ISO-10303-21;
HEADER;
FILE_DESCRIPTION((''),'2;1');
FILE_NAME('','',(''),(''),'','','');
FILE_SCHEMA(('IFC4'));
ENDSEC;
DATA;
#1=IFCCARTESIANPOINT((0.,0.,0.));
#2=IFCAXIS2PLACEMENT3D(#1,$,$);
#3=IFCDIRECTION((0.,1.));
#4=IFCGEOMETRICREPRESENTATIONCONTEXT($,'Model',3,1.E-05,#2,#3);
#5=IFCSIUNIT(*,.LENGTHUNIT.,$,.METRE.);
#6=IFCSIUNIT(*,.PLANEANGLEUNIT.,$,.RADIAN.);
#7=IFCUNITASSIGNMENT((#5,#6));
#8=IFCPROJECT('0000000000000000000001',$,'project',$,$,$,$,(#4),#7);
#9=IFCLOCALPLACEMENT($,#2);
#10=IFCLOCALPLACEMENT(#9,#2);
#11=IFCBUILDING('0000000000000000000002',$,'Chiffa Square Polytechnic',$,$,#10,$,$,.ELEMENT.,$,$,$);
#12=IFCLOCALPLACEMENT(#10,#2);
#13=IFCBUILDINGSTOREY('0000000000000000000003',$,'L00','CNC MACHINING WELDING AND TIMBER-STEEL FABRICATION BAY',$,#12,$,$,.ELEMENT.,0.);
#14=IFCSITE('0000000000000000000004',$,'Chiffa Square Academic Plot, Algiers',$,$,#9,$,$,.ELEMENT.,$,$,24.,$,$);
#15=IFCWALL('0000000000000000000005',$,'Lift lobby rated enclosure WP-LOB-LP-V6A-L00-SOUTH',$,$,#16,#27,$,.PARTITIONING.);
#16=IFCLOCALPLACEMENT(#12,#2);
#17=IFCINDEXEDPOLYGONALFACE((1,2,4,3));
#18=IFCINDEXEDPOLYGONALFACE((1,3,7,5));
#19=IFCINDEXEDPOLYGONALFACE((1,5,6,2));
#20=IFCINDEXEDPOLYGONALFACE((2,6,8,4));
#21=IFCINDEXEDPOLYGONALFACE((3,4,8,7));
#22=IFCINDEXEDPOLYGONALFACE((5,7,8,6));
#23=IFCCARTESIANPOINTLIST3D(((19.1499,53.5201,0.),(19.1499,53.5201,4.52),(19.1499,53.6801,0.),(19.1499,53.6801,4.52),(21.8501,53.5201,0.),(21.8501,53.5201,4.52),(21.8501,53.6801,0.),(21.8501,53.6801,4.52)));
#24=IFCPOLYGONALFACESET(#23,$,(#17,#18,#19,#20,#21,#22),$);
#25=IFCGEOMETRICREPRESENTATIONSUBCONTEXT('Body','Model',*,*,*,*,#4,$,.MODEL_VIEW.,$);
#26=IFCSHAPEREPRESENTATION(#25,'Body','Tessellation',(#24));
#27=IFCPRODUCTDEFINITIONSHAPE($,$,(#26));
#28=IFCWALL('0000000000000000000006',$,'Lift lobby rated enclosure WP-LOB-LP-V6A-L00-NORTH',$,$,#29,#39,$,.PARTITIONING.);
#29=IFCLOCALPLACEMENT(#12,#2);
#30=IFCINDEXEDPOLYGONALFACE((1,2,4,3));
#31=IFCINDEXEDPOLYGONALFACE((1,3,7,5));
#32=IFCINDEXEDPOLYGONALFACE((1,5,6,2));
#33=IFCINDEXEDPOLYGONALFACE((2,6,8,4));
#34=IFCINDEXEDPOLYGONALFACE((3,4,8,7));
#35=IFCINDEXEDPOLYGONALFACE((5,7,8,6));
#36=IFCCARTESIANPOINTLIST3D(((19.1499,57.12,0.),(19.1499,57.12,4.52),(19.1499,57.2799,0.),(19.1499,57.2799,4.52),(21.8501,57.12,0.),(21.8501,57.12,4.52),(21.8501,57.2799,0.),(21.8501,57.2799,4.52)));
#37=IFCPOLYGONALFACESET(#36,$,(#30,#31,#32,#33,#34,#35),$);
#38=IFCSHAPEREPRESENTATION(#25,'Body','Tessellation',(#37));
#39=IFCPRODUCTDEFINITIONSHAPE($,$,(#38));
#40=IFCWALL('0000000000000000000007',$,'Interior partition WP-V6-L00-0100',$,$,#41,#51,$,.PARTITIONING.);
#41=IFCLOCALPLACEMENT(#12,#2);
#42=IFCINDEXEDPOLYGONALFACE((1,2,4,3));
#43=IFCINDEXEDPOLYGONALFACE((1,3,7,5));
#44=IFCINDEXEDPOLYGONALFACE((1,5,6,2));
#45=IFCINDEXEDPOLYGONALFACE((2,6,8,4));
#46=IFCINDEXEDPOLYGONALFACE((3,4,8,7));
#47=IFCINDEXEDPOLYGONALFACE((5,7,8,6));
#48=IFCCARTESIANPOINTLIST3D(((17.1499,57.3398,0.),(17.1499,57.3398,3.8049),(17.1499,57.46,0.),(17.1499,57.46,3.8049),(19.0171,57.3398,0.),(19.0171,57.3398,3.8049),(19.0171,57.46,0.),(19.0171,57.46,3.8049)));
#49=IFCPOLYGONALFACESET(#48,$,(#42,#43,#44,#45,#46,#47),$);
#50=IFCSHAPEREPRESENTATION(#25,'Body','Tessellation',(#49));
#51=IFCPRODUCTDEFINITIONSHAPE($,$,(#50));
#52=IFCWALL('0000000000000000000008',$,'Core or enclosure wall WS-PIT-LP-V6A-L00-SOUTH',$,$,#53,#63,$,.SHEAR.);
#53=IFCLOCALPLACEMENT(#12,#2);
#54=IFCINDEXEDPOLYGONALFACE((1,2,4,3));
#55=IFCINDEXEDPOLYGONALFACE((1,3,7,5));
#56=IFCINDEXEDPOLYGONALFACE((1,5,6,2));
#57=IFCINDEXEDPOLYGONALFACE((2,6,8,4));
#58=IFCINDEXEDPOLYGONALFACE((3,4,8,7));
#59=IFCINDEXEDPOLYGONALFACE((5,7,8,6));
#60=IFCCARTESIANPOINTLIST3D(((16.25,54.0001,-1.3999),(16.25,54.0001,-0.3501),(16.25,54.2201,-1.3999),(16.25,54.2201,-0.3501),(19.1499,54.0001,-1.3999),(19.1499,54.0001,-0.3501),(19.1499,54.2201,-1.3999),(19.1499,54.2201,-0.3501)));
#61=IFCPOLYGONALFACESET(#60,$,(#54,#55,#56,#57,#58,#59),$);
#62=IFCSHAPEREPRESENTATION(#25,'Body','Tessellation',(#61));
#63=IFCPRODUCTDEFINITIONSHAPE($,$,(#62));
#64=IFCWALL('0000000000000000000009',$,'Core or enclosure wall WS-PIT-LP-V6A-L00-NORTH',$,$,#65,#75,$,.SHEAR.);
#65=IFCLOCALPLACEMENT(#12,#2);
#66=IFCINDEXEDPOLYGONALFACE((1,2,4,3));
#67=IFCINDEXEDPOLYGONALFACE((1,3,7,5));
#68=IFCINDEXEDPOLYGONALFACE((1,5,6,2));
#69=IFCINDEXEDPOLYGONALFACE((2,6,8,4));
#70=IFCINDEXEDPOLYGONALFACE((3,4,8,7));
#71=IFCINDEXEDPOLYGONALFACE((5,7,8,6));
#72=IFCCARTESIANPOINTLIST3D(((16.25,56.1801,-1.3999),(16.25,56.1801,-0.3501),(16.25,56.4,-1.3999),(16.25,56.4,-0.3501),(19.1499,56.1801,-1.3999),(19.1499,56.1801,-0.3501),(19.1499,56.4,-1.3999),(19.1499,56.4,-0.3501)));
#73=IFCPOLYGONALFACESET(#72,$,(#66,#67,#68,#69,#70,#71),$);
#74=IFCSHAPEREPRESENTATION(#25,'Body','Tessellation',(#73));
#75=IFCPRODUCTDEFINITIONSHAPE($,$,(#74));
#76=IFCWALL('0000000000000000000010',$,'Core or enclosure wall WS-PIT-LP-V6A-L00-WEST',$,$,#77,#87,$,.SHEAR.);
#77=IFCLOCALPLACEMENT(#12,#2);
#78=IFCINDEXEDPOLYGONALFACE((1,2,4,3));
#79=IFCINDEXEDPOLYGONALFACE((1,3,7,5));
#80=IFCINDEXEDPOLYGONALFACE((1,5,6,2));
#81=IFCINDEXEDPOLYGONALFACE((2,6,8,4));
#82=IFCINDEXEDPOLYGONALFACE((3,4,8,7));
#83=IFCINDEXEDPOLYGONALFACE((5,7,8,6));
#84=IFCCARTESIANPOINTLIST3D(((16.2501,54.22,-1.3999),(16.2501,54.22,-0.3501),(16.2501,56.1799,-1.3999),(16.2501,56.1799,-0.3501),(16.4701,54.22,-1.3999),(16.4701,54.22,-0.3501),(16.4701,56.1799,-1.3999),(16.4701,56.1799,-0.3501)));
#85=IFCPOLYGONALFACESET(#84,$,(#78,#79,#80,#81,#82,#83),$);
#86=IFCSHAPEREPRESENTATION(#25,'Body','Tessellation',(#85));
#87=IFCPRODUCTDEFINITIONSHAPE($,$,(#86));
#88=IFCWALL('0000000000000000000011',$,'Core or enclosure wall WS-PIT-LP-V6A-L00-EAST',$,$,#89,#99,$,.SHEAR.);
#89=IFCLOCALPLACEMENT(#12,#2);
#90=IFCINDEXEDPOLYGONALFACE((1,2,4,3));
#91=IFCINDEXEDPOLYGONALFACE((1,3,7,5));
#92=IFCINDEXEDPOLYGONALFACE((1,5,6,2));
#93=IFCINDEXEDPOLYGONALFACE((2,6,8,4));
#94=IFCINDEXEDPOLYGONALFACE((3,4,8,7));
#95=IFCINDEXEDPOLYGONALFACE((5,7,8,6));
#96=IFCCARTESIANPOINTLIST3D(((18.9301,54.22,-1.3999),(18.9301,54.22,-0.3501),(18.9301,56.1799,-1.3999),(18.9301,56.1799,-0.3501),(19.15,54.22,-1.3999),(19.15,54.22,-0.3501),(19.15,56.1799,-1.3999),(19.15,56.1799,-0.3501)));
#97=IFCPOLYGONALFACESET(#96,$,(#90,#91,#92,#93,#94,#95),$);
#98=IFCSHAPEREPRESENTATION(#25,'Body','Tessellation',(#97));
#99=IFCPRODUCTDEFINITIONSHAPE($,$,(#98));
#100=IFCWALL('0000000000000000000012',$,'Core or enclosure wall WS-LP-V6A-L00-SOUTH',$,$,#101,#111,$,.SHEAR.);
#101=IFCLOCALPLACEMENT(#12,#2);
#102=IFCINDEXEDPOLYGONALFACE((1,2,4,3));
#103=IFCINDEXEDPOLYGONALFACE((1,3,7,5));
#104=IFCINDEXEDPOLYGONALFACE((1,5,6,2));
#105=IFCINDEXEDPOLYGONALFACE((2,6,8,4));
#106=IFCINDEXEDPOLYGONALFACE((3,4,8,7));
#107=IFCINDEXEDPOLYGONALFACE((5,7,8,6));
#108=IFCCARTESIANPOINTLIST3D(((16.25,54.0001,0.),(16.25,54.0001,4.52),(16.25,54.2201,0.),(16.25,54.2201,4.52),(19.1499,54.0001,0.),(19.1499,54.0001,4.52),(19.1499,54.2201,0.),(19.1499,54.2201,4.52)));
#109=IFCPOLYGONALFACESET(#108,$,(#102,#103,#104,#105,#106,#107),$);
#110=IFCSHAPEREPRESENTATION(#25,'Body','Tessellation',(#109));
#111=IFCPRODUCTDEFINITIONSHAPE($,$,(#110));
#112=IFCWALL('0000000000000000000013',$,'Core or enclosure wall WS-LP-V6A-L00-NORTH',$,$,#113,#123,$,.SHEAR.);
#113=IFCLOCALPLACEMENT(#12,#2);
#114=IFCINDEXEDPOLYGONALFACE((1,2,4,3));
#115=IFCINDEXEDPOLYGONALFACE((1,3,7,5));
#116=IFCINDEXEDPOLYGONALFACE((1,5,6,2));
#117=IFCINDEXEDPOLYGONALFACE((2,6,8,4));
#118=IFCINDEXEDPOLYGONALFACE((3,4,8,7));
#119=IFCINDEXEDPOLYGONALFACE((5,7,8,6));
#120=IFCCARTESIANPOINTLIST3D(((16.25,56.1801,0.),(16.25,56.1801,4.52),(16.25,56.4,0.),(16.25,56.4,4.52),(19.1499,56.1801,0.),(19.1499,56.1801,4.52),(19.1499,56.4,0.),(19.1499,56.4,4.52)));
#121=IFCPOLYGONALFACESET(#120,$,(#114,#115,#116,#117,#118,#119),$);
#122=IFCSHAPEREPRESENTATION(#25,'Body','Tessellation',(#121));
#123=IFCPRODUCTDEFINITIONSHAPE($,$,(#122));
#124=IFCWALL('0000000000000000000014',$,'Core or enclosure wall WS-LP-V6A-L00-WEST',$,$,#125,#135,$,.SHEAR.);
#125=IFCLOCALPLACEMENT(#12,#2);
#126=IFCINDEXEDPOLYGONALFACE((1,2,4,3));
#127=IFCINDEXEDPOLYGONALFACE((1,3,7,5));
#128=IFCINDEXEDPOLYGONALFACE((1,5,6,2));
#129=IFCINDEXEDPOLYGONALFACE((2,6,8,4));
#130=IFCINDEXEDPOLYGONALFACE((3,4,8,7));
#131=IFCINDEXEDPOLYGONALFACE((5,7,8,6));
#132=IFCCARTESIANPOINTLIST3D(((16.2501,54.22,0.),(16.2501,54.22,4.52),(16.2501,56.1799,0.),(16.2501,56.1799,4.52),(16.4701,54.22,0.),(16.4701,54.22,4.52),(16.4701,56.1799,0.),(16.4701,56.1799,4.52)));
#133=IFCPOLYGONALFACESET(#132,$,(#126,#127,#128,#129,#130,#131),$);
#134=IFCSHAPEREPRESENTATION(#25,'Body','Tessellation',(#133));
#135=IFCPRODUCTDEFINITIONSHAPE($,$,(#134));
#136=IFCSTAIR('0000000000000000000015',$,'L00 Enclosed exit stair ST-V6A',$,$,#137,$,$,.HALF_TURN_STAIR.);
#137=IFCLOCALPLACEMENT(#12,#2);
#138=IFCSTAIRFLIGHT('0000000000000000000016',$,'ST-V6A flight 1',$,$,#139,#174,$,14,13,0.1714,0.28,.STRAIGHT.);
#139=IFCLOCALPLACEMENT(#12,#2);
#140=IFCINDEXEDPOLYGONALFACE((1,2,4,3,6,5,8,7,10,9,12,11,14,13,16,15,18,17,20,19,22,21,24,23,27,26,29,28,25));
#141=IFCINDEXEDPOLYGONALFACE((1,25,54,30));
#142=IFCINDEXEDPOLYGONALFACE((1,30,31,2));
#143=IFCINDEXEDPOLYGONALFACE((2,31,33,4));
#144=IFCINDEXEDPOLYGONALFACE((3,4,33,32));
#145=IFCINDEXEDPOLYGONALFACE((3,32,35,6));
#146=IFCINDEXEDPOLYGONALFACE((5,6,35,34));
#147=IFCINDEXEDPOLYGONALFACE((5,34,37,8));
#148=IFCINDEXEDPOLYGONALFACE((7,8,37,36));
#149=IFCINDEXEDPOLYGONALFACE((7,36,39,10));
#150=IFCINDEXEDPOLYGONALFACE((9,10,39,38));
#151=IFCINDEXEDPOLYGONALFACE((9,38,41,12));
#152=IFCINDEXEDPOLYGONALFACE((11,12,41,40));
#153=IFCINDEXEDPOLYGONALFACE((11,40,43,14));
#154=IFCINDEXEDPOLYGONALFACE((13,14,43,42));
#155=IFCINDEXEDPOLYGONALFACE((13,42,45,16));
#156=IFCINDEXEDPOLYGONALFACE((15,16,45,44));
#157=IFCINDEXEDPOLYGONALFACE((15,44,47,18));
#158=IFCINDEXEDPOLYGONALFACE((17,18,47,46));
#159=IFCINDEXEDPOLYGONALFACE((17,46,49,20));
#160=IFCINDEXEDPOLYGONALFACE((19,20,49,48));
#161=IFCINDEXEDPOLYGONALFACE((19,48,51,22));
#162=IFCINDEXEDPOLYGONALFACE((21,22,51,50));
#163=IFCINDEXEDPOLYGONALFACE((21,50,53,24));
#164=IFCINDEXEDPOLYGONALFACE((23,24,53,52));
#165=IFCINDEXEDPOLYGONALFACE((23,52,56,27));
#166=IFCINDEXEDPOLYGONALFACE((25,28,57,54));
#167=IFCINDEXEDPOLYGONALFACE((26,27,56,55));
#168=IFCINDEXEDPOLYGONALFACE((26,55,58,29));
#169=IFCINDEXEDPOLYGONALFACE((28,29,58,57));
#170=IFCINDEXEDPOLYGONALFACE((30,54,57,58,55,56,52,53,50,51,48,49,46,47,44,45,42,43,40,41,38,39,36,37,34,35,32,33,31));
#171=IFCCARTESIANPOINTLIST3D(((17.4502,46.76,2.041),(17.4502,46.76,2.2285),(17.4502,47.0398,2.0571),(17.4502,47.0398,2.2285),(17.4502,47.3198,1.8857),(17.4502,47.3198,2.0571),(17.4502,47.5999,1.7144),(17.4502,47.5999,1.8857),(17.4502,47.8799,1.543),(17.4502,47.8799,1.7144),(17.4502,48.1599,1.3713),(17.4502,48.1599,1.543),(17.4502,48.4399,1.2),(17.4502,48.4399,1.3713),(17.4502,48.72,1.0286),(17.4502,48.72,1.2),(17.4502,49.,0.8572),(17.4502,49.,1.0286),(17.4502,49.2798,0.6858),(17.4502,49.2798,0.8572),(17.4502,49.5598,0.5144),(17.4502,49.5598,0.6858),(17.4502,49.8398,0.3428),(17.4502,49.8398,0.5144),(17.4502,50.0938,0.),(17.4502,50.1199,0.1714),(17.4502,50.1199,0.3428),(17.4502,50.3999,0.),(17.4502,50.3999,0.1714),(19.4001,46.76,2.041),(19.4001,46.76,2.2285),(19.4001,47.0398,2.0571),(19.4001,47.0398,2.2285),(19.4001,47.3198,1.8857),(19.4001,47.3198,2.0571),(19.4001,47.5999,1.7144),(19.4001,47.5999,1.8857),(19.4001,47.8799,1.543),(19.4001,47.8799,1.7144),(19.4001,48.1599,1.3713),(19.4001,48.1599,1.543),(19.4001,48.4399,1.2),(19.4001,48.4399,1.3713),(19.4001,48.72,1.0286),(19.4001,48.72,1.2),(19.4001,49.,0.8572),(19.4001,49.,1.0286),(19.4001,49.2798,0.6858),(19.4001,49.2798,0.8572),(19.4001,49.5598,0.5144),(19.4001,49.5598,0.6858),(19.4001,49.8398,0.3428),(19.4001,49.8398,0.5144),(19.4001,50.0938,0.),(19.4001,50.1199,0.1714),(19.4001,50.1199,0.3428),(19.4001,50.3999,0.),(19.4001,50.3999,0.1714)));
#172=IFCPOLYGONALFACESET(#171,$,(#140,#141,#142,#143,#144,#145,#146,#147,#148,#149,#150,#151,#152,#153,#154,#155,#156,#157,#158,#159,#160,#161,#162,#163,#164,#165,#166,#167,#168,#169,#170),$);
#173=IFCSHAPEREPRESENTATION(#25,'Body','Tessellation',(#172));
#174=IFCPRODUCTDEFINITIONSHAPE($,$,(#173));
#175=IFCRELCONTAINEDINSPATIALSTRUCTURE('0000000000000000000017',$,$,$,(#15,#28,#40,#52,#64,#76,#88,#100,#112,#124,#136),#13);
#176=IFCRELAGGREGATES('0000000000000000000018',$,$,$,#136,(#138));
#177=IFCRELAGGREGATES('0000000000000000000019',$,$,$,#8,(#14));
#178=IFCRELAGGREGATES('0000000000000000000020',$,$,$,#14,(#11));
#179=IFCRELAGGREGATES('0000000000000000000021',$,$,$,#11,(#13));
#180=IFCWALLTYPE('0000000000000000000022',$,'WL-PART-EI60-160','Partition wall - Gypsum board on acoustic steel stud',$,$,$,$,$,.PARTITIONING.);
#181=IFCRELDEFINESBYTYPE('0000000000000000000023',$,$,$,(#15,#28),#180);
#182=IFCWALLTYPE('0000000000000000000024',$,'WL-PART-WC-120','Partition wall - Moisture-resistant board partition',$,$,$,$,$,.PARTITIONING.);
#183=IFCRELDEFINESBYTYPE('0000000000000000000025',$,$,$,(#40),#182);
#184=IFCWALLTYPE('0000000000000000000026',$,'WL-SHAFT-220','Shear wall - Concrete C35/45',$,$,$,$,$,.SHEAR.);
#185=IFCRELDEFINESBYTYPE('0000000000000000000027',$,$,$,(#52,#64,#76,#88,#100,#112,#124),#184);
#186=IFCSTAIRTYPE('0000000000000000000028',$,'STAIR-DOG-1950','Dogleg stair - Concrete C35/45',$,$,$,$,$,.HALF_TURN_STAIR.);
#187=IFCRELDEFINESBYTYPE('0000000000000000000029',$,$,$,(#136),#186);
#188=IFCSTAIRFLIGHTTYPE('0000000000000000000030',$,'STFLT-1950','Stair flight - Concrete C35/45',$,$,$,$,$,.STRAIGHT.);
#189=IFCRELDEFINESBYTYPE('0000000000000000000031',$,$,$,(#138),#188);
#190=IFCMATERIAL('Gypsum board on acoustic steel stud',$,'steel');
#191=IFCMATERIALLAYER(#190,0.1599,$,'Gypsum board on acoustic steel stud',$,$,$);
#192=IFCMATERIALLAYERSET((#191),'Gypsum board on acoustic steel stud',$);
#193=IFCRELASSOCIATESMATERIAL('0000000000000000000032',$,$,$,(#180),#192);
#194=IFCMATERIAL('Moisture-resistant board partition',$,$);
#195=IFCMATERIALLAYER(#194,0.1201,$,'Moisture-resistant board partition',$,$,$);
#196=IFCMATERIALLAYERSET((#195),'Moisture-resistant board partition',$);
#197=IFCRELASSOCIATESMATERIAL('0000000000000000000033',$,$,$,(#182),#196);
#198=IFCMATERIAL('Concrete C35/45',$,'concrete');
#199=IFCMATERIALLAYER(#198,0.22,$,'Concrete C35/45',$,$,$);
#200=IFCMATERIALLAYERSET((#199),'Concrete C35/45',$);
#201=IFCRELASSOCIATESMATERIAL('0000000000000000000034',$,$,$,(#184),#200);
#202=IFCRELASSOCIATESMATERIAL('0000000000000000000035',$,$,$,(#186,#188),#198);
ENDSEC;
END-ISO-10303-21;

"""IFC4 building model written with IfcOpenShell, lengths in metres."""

from ifc_helpers import new_model, si_unit, direction, frame, frame_2d, origin, place, context, subcontext, project, spatial, polyline, rectangle, outline, extrude, material, layer, layer_set, type_object, element, aggregate, save


model = new_model("IFC4")

# Units and contexts
model_context = context("Model", 3, precision=1e-05, world=origin(), true_north=direction((0.0, 1.0)))
body_context = subcontext(model_context, "Body", "Model", "MODEL_VIEW")
ifc_project = project(units=[si_unit("LENGTHUNIT", "METRE"), si_unit("PLANEANGLEUNIT", "RADIAN")], contexts=[model_context])

# Site, building, storey
site_placement = place(None, origin())
site = spatial("IfcSite", under=ifc_project, at=site_placement, Name="Chiffa Square Academic Plot, Algiers", CompositionType="ELEMENT", RefElevation=24.0)
building_placement = place(site_placement, origin())
building = spatial("IfcBuilding", under=site, at=building_placement, Name="Chiffa Square Polytechnic", CompositionType="ELEMENT")
storey_placement = place(building_placement, origin())
storey = spatial("IfcBuildingStorey", under=building, at=storey_placement, Name="L00", Description="CNC MACHINING WELDING AND TIMBER-STEEL FABRICATION BAY", CompositionType="ELEMENT", Elevation=0.0)

# Shared definitions
ifc_material_1 = material(Name="Concrete C35/45", Category="concrete")

# Walls
ifc_material_2 = material(Name="Gypsum board on acoustic steel stud", Category="steel")
ifc_layer_1 = layer(ifc_material_2, 0.1599, Name="Gypsum board on acoustic steel stud")
ifc_layer_set_1 = layer_set([ifc_layer_1], Name="Gypsum board on acoustic steel stud")
wall_type_1 = type_object("IfcWallType", Name="WL-PART-EI60-160", Description="Partition wall - Gypsum board on acoustic steel stud", PredefinedType="PARTITIONING", material=ifc_layer_set_1)
for number, where, z_axis, x_axis, name in (
    (1, (19.1499, 53.6001, 0.0), (0.0, 0.0, 1.0), (1.0, 0.0, 0.0), "Lift lobby rated enclosure WP-LOB-LP-V6A-L00-SOUTH"),
    (2, (19.1499, 57.2, 0.0), (0.0, 0.0, 1.0), (1.0, 0.0, 0.0), "Lift lobby rated enclosure WP-LOB-LP-V6A-L00-NORTH"),
):
    element("IfcWall", number, at=place(storey_placement, frame(where, z_axis=z_axis, x_axis=x_axis)), inside=storey, type_object=wall_type_1, Name=name, PredefinedType="PARTITIONING", context=body_context, shape_type="SweptSolid", body=[
        extrude(rectangle(XDim=2.7002, YDim=0.1599, at=frame_2d((1.3501, 0.0))), origin(), (0.0, 0.0, 1.0), 4.52),
    ])
ifc_material_3 = material(Name="Moisture-resistant board partition")
ifc_layer_2 = layer(ifc_material_3, 0.1201, Name="Moisture-resistant board partition")
ifc_layer_set_2 = layer_set([ifc_layer_2], Name="Moisture-resistant board partition")
wall_type_2 = type_object("IfcWallType", Name="WL-PART-WC-120", Description="Partition wall - Moisture-resistant board partition", PredefinedType="PARTITIONING", material=ifc_layer_set_2)
wall_1_placement = place(storey_placement, frame((17.1499, 57.3999, 0.0), z_axis=(0.0, 0.0, 1.0), x_axis=(1.0, 0.0, 0.0)))
element("IfcWall", 3, at=wall_1_placement, inside=storey, type_object=wall_type_2, Name="Interior partition WP-V6-L00-0100", PredefinedType="PARTITIONING", context=body_context, shape_type="SweptSolid", body=[
    extrude(rectangle(XDim=1.8672, YDim=0.1201, at=frame_2d((0.9336, 0.0))), origin(), (0.0, 0.0, 1.0), 3.8049),
])
ifc_layer_3 = layer(ifc_material_1, 0.22, Name="Concrete C35/45")
ifc_layer_set_3 = layer_set([ifc_layer_3], Name="Concrete C35/45")
wall_type_3 = type_object("IfcWallType", Name="WL-SHAFT-220", Description="Shear wall - Concrete C35/45", PredefinedType="SHEAR", material=ifc_layer_set_3)
for number, where, z_axis, x_axis, name in (
    (4, (16.25, 54.1101, -1.3999), (0.0, 0.0, 1.0), (1.0, 0.0, 0.0), "Core or enclosure wall WS-PIT-LP-V6A-L00-SOUTH"),
    (5, (16.25, 56.29, -1.3999), (0.0, 0.0, 1.0), (1.0, 0.0, 0.0), "Core or enclosure wall WS-PIT-LP-V6A-L00-NORTH"),
):
    element("IfcWall", number, at=place(storey_placement, frame(where, z_axis=z_axis, x_axis=x_axis)), inside=storey, type_object=wall_type_3, Name=name, PredefinedType="SHEAR", context=body_context, shape_type="SweptSolid", body=[
        extrude(rectangle(XDim=2.8999, YDim=0.22, at=frame_2d((1.45, 0.0))), origin(), (0.0, 0.0, 1.0), 1.0498),
    ])
for number, where, z_axis, x_axis, name in (
    (6, (16.3601, 54.22, -1.3999), (0.0, 0.0, 1.0), (0.0, 1.0, 0.0), "Core or enclosure wall WS-PIT-LP-V6A-L00-WEST"),
    (7, (19.04, 54.22, -1.3999), (0.0, 0.0, 1.0), (0.0, 1.0, 0.0), "Core or enclosure wall WS-PIT-LP-V6A-L00-EAST"),
):
    element("IfcWall", number, at=place(storey_placement, frame(where, z_axis=z_axis, x_axis=x_axis)), inside=storey, type_object=wall_type_3, Name=name, PredefinedType="SHEAR", context=body_context, shape_type="SweptSolid", body=[
        extrude(rectangle(XDim=1.96, YDim=0.22, at=frame_2d((0.98, 0.0))), origin(), (0.0, 0.0, 1.0), 1.0498),
    ])
for number, where, z_axis, x_axis, name in (
    (8, (16.25, 54.1101, 0.0), (0.0, 0.0, 1.0), (1.0, 0.0, 0.0), "Core or enclosure wall WS-LP-V6A-L00-SOUTH"),
    (9, (16.25, 56.29, 0.0), (0.0, 0.0, 1.0), (1.0, 0.0, 0.0), "Core or enclosure wall WS-LP-V6A-L00-NORTH"),
):
    element("IfcWall", number, at=place(storey_placement, frame(where, z_axis=z_axis, x_axis=x_axis)), inside=storey, type_object=wall_type_3, Name=name, PredefinedType="SHEAR", context=body_context, shape_type="SweptSolid", body=[
        extrude(rectangle(XDim=2.8999, YDim=0.22, at=frame_2d((1.45, 0.0))), origin(), (0.0, 0.0, 1.0), 4.52),
    ])
wall_2_placement = place(storey_placement, frame((16.3601, 54.22, 0.0), z_axis=(0.0, 0.0, 1.0), x_axis=(0.0, 1.0, 0.0)))
element("IfcWall", 10, at=wall_2_placement, inside=storey, type_object=wall_type_3, Name="Core or enclosure wall WS-LP-V6A-L00-WEST", PredefinedType="SHEAR", context=body_context, shape_type="SweptSolid", body=[
    extrude(rectangle(XDim=1.96, YDim=0.22, at=frame_2d((0.98, 0.0))), origin(), (0.0, 0.0, 1.0), 4.52),
])

# Stair, stair flight
stair_type = type_object("IfcStairType", Name="STAIR-DOG-1950", Description="Dogleg stair - Concrete C35/45", PredefinedType="HALF_TURN_STAIR", material=ifc_material_1)
stair_placement = place(storey_placement, origin())
stair = element("IfcStair", 11, at=stair_placement, inside=storey, type_object=stair_type, Name="L00 Enclosed exit stair ST-V6A", PredefinedType="HALF_TURN_STAIR")
stair_flight_type = type_object("IfcStairFlightType", Name="STFLT-1950", Description="Stair flight - Concrete C35/45", PredefinedType="STRAIGHT", material=ifc_material_1)
stair_flight_1_placement = place(storey_placement, frame((18.425, 50.3999, 0.0), z_axis=(0.0, 0.0, 1.0), x_axis=(0.0, -1.0, 0.0)))
stair_flight_1 = element("IfcStairFlight", 12, at=stair_flight_1_placement, type_object=stair_flight_type, Name="ST-V6A flight 1", NumberOfRisers=14, NumberOfTreads=13, PredefinedType="STRAIGHT", RiserHeight=0.1714, TreadLength=0.28, context=body_context, shape_type="SweptSolid", body=[
    extrude(outline(polyline([(0.0, 0.0), (0.0, 0.1714), (0.28, 0.1714), (0.28, 0.3428), (0.5601, 0.3428), (0.5601, 0.5144), (0.8401, 0.5144), (0.8401, 0.6858), (1.1201, 0.6858), (1.1201, 0.8572), (1.3999, 0.8572), (1.3999, 1.0286), (1.6799, 1.0286), (1.6799, 1.2), (1.96, 1.2), (1.96, 1.3713), (2.24, 1.3713), (2.24, 1.543), (2.52, 1.543), (2.52, 1.7144), (2.8, 1.7144), (2.8, 1.8857), (3.0801, 1.8857), (3.0801, 2.0571), (3.3601, 2.0571), (3.3601, 2.2285), (3.6399, 2.2285), (3.6399, 2.3999), (3.6399, 2.041), (0.3062, 0.0), (0.0, 0.0)])), frame((0.0, 0.9751, 0.0), z_axis=(0.0, -1.0, 0.0), x_axis=(1.0, 0.0, 0.0)), (0.0, 0.0, 1.0), 1.95),
])
aggregate(stair, [stair_flight_1])

save(model, "model.ifc")
